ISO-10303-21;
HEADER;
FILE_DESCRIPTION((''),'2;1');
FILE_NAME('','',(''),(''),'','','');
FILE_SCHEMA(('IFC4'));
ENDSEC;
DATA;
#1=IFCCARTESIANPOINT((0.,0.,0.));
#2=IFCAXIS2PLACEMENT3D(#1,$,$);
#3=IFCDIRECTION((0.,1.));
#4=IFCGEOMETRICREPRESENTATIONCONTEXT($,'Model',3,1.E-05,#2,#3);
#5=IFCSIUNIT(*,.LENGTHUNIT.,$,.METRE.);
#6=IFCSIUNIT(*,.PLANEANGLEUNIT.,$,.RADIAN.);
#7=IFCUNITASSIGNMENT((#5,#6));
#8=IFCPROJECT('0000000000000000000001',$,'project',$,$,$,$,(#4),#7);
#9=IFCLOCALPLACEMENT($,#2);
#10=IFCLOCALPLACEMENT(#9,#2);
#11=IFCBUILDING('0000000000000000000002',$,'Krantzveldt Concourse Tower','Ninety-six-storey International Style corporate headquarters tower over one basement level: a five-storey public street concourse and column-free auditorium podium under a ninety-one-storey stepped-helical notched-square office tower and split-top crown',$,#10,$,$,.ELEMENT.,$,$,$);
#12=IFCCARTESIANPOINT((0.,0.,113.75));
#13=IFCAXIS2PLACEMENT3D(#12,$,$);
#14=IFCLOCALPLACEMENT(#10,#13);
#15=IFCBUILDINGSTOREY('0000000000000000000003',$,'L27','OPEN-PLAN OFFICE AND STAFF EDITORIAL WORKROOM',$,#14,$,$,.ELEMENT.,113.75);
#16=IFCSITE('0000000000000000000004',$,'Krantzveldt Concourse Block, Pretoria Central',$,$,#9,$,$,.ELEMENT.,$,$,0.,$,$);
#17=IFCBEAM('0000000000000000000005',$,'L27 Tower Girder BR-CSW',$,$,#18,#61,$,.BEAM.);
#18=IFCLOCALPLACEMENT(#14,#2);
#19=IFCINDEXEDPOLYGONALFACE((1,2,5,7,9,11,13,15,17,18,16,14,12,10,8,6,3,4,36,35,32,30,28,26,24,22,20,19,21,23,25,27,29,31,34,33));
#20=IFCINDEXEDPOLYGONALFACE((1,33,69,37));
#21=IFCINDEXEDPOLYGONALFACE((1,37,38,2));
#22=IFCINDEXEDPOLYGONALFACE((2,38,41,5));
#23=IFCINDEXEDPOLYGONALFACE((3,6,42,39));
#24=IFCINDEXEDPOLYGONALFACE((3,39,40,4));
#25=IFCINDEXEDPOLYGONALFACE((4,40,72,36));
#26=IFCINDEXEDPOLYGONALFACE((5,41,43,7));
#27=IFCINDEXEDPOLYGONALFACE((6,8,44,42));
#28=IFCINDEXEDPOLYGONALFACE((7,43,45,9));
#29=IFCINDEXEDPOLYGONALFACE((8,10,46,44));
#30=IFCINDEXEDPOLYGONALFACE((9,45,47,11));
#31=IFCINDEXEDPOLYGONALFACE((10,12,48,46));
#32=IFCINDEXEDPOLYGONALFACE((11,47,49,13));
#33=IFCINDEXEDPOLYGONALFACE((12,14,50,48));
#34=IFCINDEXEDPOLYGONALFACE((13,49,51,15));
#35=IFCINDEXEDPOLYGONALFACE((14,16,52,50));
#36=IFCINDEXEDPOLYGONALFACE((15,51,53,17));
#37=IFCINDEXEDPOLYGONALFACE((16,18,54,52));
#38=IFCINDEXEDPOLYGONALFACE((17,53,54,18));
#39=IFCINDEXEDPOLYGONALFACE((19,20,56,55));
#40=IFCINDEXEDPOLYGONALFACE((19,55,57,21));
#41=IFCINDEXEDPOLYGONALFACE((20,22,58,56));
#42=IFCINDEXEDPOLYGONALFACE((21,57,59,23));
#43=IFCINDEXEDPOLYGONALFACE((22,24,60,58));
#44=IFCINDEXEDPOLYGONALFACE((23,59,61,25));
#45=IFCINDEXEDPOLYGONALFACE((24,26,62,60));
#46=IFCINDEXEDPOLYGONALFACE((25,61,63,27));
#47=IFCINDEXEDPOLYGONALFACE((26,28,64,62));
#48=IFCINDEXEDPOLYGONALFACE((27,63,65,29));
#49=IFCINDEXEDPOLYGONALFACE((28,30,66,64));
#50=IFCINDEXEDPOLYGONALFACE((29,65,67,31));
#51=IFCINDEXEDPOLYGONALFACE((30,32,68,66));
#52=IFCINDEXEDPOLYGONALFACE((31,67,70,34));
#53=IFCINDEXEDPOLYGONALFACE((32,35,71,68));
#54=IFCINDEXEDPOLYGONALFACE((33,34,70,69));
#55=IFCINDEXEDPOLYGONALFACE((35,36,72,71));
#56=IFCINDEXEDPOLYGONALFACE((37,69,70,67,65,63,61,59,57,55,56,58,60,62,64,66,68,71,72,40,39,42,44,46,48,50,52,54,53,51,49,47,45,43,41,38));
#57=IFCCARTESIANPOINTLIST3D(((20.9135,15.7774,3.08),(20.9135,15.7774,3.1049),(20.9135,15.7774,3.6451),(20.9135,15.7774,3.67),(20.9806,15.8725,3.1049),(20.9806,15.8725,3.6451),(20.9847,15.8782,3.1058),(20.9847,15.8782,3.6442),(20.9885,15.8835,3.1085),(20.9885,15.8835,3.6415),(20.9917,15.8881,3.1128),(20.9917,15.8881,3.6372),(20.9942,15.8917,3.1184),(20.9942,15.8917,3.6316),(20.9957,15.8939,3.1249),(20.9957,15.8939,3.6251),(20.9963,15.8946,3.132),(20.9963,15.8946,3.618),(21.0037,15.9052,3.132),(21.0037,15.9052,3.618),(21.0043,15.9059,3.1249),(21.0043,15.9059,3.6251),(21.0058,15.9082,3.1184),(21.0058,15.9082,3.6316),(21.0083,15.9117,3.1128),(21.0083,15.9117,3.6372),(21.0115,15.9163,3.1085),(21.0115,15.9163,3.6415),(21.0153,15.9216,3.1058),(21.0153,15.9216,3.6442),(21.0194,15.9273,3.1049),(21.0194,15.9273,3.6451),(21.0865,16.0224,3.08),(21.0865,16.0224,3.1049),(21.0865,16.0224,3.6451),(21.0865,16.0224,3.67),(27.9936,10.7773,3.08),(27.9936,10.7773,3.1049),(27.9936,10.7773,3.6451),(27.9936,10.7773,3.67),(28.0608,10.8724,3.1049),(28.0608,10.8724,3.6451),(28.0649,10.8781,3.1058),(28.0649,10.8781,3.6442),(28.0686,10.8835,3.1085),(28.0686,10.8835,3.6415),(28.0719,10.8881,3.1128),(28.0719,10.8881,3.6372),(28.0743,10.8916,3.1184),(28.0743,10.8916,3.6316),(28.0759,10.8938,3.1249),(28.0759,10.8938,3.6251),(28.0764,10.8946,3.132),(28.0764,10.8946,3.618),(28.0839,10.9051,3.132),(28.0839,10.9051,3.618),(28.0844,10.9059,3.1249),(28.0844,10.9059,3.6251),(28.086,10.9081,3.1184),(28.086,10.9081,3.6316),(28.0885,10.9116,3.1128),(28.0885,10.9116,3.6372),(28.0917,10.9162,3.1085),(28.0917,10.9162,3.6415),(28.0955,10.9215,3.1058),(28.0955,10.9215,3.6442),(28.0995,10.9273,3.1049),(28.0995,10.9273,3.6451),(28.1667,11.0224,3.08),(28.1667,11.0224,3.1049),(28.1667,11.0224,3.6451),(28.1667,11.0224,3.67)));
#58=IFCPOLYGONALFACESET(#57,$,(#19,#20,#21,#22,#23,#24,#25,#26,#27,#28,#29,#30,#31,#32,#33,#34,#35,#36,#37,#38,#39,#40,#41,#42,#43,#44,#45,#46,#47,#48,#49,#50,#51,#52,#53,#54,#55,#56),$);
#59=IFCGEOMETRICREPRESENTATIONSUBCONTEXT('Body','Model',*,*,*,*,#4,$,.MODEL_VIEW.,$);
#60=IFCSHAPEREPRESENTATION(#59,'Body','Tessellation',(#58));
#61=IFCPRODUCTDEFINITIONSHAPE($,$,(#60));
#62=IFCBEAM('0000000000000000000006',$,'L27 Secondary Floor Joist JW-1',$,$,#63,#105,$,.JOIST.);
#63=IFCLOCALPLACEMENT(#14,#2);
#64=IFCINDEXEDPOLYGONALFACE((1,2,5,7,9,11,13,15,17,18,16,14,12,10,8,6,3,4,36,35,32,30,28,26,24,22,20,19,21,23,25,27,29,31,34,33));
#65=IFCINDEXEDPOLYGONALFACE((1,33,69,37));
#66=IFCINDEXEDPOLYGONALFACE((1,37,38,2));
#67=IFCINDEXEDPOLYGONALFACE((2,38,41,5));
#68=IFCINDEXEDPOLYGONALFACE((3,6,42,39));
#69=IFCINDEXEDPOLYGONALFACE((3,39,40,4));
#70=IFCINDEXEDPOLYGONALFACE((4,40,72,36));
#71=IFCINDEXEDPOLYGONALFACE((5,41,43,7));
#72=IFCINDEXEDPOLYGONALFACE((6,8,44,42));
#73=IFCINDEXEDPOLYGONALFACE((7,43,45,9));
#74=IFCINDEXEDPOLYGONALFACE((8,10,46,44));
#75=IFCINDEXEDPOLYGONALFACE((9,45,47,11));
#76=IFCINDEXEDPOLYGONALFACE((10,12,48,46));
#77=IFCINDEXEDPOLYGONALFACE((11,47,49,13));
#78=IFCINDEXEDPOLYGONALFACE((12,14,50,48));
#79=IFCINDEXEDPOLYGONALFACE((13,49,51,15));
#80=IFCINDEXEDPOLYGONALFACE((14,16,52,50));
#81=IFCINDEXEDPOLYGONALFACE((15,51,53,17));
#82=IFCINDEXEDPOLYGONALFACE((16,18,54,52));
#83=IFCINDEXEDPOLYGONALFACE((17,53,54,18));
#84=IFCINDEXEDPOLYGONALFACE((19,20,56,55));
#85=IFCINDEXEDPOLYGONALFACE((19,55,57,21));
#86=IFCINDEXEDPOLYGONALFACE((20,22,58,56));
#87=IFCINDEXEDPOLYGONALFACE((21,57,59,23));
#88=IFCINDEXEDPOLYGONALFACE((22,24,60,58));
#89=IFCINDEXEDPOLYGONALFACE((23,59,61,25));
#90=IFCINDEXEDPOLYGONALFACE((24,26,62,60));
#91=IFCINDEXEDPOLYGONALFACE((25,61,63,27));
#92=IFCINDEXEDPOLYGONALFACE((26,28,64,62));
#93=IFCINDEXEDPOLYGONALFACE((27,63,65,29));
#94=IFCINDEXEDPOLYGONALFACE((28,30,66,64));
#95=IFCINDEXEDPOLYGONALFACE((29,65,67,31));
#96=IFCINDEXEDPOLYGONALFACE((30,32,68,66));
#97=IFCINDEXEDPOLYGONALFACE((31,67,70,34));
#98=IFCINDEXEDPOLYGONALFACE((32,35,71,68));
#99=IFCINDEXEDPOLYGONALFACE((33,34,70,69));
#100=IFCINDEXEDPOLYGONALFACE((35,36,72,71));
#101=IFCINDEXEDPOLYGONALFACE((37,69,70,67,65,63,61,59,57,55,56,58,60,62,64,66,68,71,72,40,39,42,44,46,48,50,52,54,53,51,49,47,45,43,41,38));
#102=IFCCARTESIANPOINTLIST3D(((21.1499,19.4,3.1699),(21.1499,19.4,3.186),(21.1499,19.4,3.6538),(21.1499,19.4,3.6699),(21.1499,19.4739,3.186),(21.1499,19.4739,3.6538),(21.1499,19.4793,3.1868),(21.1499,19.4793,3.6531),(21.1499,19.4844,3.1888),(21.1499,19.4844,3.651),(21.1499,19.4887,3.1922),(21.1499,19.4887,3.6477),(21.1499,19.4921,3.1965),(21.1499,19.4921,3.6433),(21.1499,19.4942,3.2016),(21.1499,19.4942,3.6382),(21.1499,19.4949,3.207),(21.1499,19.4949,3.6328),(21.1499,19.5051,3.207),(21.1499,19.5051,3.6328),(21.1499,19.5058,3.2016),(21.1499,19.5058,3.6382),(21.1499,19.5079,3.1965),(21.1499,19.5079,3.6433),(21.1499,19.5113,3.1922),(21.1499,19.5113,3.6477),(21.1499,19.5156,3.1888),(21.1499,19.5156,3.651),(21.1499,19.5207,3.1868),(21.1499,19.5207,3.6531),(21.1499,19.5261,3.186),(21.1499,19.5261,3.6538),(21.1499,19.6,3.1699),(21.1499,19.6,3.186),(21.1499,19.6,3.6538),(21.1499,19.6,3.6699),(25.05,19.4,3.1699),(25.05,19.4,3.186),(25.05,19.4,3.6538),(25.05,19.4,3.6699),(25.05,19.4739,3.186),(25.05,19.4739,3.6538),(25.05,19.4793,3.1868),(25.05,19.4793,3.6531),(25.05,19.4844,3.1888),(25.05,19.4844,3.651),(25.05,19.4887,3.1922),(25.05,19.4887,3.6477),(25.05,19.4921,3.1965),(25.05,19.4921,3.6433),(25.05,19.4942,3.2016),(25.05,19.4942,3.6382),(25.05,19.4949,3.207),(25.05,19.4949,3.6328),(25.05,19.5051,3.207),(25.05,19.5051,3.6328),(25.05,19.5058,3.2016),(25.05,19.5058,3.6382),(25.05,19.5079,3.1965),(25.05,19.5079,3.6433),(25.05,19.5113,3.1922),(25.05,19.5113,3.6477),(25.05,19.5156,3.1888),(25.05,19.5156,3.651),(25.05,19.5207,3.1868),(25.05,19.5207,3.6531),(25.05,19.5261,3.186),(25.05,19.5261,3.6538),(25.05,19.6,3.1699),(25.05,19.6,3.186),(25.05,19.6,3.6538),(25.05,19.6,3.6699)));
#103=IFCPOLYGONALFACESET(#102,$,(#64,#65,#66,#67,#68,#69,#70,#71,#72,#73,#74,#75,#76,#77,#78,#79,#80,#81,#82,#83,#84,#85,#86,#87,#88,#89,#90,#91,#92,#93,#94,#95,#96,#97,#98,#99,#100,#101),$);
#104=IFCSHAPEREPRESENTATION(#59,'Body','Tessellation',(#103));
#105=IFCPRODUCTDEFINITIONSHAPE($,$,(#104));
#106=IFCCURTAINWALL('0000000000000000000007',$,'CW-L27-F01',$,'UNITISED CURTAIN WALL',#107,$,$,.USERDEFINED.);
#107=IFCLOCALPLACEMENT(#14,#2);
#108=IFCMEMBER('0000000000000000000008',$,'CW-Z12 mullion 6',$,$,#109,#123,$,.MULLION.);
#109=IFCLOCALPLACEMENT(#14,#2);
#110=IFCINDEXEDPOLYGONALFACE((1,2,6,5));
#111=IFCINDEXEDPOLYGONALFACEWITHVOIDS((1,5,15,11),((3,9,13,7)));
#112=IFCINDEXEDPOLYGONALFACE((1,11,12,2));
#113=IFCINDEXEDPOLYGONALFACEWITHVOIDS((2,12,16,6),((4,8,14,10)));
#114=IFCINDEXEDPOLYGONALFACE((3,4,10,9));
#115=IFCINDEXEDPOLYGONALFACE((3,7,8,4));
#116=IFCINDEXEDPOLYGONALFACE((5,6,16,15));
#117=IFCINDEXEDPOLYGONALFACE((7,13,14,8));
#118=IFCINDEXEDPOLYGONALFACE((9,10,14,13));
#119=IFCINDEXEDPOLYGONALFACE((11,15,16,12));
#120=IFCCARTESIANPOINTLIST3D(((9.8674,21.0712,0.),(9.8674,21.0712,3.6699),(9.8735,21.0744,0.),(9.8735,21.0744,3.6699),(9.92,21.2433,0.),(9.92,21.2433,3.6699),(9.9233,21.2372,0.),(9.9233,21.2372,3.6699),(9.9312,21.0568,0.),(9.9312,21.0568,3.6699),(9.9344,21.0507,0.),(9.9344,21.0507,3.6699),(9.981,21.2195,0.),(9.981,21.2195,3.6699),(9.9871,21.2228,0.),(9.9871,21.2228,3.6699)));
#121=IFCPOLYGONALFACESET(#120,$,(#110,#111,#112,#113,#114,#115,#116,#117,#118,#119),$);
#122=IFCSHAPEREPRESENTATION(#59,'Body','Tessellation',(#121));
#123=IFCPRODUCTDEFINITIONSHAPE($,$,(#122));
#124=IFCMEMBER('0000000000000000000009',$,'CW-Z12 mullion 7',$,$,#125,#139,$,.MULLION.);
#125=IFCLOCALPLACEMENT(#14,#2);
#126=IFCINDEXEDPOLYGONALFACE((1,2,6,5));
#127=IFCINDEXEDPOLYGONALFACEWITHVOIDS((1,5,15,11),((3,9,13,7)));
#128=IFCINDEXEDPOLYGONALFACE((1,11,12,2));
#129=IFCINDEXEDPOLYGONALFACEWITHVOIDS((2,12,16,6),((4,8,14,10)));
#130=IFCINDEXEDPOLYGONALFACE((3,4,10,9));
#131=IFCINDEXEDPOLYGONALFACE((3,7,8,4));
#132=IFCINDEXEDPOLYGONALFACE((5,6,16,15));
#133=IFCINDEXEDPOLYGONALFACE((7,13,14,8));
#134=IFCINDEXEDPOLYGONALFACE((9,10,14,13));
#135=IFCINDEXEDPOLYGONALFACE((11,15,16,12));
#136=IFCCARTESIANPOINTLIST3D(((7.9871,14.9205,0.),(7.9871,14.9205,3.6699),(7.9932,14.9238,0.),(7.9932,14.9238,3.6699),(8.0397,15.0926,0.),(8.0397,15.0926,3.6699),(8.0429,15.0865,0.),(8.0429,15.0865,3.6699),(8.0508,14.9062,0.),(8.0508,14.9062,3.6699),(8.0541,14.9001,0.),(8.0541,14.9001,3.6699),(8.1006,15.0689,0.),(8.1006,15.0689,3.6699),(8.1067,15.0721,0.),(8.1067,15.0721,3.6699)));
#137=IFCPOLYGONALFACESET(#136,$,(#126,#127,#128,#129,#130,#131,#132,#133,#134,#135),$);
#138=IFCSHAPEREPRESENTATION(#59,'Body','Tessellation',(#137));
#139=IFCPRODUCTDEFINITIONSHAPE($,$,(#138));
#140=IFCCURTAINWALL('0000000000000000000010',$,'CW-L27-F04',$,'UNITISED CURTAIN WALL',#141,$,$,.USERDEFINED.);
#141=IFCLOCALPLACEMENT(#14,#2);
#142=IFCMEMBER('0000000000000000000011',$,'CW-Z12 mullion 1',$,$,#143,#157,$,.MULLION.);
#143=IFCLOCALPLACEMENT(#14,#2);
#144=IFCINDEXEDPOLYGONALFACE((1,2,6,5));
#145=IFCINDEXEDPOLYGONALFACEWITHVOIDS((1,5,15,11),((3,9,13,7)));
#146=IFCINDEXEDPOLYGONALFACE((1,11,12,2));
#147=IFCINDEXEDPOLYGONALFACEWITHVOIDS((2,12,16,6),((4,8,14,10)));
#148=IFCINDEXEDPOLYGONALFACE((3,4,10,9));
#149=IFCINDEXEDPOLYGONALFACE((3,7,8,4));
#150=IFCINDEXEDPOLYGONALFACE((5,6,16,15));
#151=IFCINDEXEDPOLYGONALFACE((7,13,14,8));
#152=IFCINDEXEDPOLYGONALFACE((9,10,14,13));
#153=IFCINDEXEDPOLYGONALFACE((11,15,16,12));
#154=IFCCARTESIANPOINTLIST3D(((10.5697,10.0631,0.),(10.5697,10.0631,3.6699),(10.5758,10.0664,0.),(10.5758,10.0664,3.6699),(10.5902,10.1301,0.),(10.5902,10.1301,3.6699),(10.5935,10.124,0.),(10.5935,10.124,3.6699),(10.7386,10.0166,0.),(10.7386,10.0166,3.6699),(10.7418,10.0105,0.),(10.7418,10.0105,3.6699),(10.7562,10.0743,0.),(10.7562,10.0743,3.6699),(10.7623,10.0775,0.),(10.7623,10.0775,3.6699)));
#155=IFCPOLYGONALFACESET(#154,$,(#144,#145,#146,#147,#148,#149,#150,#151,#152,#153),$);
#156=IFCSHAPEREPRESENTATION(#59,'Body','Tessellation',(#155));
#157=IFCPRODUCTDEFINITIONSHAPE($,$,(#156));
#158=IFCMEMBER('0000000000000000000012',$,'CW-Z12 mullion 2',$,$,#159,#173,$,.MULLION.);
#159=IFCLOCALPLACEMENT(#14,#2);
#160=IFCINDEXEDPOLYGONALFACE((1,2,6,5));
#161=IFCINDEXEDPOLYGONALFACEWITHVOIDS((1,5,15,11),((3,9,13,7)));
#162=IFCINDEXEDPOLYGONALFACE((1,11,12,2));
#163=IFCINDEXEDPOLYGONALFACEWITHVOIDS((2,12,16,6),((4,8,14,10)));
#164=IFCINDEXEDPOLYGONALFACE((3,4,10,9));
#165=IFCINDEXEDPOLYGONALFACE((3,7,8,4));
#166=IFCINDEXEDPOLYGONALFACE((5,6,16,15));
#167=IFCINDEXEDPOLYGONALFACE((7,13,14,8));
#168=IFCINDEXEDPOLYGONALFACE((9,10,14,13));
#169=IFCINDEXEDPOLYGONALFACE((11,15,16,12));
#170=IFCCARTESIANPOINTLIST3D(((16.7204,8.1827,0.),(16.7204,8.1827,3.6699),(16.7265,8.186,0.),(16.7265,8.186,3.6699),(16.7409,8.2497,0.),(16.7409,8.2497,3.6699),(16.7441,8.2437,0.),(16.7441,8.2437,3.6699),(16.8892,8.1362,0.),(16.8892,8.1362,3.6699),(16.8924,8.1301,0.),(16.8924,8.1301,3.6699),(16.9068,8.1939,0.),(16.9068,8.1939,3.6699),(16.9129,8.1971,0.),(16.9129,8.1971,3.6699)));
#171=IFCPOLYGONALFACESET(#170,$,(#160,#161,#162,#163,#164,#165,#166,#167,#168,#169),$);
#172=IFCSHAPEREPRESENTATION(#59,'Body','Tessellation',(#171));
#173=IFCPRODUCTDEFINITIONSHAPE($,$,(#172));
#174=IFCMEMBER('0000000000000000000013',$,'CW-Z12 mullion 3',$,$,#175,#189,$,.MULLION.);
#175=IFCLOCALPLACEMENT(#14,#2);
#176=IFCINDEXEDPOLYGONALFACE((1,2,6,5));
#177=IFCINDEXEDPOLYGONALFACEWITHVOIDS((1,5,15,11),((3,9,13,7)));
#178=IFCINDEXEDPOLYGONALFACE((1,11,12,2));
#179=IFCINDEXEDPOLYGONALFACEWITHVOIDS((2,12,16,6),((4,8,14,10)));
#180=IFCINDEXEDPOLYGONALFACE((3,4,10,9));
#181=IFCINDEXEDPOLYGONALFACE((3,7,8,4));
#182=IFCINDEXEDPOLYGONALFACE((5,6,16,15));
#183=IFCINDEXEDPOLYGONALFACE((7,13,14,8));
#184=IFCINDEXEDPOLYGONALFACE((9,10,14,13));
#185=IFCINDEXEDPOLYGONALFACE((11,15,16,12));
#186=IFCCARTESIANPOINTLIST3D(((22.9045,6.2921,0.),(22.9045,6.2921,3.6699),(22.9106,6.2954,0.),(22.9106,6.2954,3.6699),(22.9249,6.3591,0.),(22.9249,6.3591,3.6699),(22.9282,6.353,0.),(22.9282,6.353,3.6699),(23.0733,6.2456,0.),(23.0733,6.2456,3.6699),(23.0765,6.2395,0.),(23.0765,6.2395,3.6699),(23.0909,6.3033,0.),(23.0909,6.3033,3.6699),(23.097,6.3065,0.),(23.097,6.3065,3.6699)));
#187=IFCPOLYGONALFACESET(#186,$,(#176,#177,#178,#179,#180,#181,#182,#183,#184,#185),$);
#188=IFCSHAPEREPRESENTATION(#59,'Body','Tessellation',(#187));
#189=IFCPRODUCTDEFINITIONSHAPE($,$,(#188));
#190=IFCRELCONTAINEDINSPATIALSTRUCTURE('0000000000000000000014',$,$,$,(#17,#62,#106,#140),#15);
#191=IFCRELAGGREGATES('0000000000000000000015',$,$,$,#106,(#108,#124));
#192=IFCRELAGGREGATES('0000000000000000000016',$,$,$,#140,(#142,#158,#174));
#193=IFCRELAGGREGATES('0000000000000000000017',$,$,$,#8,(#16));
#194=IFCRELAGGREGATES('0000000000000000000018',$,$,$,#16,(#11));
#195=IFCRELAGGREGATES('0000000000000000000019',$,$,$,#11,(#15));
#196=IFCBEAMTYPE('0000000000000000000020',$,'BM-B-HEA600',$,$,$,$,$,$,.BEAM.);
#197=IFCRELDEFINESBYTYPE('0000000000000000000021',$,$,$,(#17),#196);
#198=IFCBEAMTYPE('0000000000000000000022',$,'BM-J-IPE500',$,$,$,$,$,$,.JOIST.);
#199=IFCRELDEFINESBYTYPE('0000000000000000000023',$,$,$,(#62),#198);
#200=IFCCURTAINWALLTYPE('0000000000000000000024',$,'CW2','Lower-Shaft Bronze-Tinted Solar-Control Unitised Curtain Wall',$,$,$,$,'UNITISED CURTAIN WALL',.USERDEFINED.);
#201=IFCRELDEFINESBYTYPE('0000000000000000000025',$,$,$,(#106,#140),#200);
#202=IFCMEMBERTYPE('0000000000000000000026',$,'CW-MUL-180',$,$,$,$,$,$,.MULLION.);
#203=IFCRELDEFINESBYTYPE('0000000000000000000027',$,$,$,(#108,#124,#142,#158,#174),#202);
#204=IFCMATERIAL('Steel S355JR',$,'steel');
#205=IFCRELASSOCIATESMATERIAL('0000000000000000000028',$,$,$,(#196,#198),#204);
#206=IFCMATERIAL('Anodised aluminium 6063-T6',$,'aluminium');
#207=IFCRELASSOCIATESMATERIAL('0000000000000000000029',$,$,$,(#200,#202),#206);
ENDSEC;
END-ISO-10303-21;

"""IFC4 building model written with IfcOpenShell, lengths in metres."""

from ifc_helpers import new_model, si_unit, direction, frame, origin, origin_2d, place, context, subcontext, project, spatial, hollow_rectangle, i_section, extrude, source, transform, mapped, material, material_profile, profile_set, type_object, type_shapes, element, aggregate, save


model = new_model("IFC4")

# Units and contexts
model_context = context("Model", 3, precision=1e-05, world=origin(), true_north=direction((0.0, 1.0)))
body_context = subcontext(model_context, "Body", "Model", "MODEL_VIEW")
ifc_project = project(units=[si_unit("LENGTHUNIT", "METRE"), si_unit("PLANEANGLEUNIT", "RADIAN")], contexts=[model_context])

# Site, building, storey
site_placement = place(None, origin())
site = spatial("IfcSite", under=ifc_project, at=site_placement, Name="Krantzveldt Concourse Block, Pretoria Central", CompositionType="ELEMENT", RefElevation=0.0)
building_placement = place(site_placement, origin())
building = spatial("IfcBuilding", under=site, at=building_placement, Name="Krantzveldt Concourse Tower", Description="Ninety-six-storey International Style corporate headquarters tower over one basement level: a five-storey public street concourse and column-free auditorium podium under a ninety-one-storey stepped-helical notched-square office tower and split-top crown", CompositionType="ELEMENT")
storey_placement = place(building_placement, frame((0.0, 0.0, 113.75)))
storey = spatial("IfcBuildingStorey", under=building, at=storey_placement, Name="L27", Description="OPEN-PLAN OFFICE AND STAFF EDITORIAL WORKROOM", CompositionType="ELEMENT", Elevation=113.75)

# Beams
ifc_material_1 = material(Name="Steel S355JR", Category="steel")
ifc_material_profile_1 = material_profile(ifc_material_1, i_section(OverallWidth=0.3, OverallDepth=0.5901, WebThickness=0.0129, FlangeThickness=0.0249, FilletRadius=0.0271, at=origin_2d()), Name="Steel S355JR", Category="steel")
ifc_profile_set_1 = profile_set([ifc_material_profile_1], Name="Steel S355JR - HEA 600")
beam_type_1 = type_object("IfcBeamType", Name="BM-B-HEA600", PredefinedType="BEAM", material=ifc_profile_set_1)
shared_shape_1 = source(origin(), body_context, "Body", "SweptSolid", [
    extrude(i_section(OverallWidth=0.3, OverallDepth=0.5901, WebThickness=0.0129, FlangeThickness=0.0249, FilletRadius=0.0271, at=origin_2d()), origin(), (0.0, 0.0, 1.0), 8.6677),
])
beam_1_placement = place(storey_placement, frame((21.0, 15.8999, 3.375), z_axis=(0.816843, -0.57686, 0.0), x_axis=(0.57686, 0.816843, 0.0)))
element("IfcBeam", 1, at=beam_1_placement, inside=storey, type_object=beam_type_1, Name="L27 Tower Girder BR-CSW", PredefinedType="BEAM", context=body_context, shape_type="MappedRepresentation", body=[
    mapped(shared_shape_1, transform((0.0, 0.0, 0.0), x_axis=(1.0, 0.0, 0.0), y_axis=(0.0, 1.0, 0.0), z_axis=(0.0, 0.0, 1.0), scale=1.0)),
])
ifc_material_profile_2 = material_profile(ifc_material_1, i_section(OverallWidth=0.2, OverallDepth=0.5, WebThickness=0.0103, FlangeThickness=0.0161, FilletRadius=0.021, at=origin_2d()), Name="Steel S355JR", Category="steel")
ifc_profile_set_2 = profile_set([ifc_material_profile_2], Name="Steel S355JR - IPE 500")
beam_type_2 = type_object("IfcBeamType", Name="BM-J-IPE500", PredefinedType="JOIST", material=ifc_profile_set_2)
shared_shape_2 = source(origin(), body_context, "Body", "SweptSolid", [
    extrude(i_section(OverallWidth=0.2, OverallDepth=0.5, WebThickness=0.0103, FlangeThickness=0.0161, FilletRadius=0.021, at=origin_2d()), origin(), (0.0, 0.0, 1.0), 3.9001),
])
type_shapes(beam_type_2, [shared_shape_2])
beam_2_placement = place(storey_placement, frame((21.1499, 19.5, 3.4199), z_axis=(1.0, 0.0, 0.0), x_axis=(0.0, 1.0, 0.0)))
element("IfcBeam", 2, at=beam_2_placement, inside=storey, type_object=beam_type_2, Name="L27 Secondary Floor Joist JW-1", PredefinedType="JOIST", context=body_context, shape_type="MappedRepresentation", body=[
    mapped(shared_shape_2, transform((0.0, 0.0, 0.0), x_axis=(1.0, 0.0, 0.0), y_axis=(0.0, 1.0, 0.0), z_axis=(0.0, 0.0, 1.0), scale=1.0)),
])

# Curtain walls, members
ifc_material_2 = material(Name="Anodised aluminium 6063-T6", Category="aluminium")
curtain_wall_type = type_object("IfcCurtainWallType", Name="CW2", Description="Lower-Shaft Bronze-Tinted Solar-Control Unitised Curtain Wall", ElementType="UNITISED CURTAIN WALL", PredefinedType="USERDEFINED", material=ifc_material_2)
curtain_wall_1_placement = place(storey_placement, origin())
curtain_wall_1 = element("IfcCurtainWall", 3, at=curtain_wall_1_placement, inside=storey, type_object=curtain_wall_type, Name="CW-L27-F01", ObjectType="UNITISED CURTAIN WALL", PredefinedType="USERDEFINED")
ifc_material_profile_3 = material_profile(ifc_material_2, hollow_rectangle(XDim=0.0701, YDim=0.1799, WallThickness=0.0049, at=origin_2d()), Name="Anodised aluminium 6063-T6", Category="aluminium")
ifc_profile_set_3 = profile_set([ifc_material_profile_3], Name="Anodised aluminium 6063-T6 - ALU-MULL 180x70x5")
member_type_1 = type_object("IfcMemberType", Name="CW-MUL-180", PredefinedType="MULLION", material=ifc_profile_set_3)
shared_shape_3 = source(origin(), body_context, "Body", "SweptSolid", [
    extrude(hollow_rectangle(XDim=0.0701, YDim=0.1799, WallThickness=0.0049, at=origin_2d()), origin(), (0.0, 0.0, 1.0), 3.6699),
])
type_shapes(member_type_1, [shared_shape_3])
member_1_placement = place(storey_placement, frame((9.9272, 21.147, 0.0), z_axis=(0.0, 0.0, 1.0), x_axis=(0.956305, -0.292372, 0.0)))
member_1 = element("IfcMember", 4, at=member_1_placement, type_object=member_type_1, Name="CW-Z12 mullion 6", PredefinedType="MULLION", context=body_context, shape_type="MappedRepresentation", body=[
    mapped(shared_shape_3, transform((0.0, 0.0, 0.0), x_axis=(1.0, 0.0, 0.0), y_axis=(0.0, 1.0, 0.0), z_axis=(0.0, 0.0, 1.0), scale=1.0)),
])
member_2_placement = place(storey_placement, frame((8.0469, 14.9963, 0.0), z_axis=(0.0, 0.0, 1.0), x_axis=(0.956305, -0.292372, 0.0)))
member_2 = element("IfcMember", 5, at=member_2_placement, type_object=member_type_1, Name="CW-Z12 mullion 7", PredefinedType="MULLION", context=body_context, shape_type="MappedRepresentation", body=[
    mapped(shared_shape_3, transform((0.0, 0.0, 0.0), x_axis=(1.0, 0.0, 0.0), y_axis=(0.0, 1.0, 0.0), z_axis=(0.0, 0.0, 1.0), scale=1.0)),
])
curtain_wall_2_placement = place(storey_placement, origin())
curtain_wall_2 = element("IfcCurtainWall", 6, at=curtain_wall_2_placement, inside=storey, type_object=curtain_wall_type, Name="CW-L27-F04", ObjectType="UNITISED CURTAIN WALL", PredefinedType="USERDEFINED")
member_3_placement = place(storey_placement, frame((10.666, 10.0703, 0.0), z_axis=(0.0, 0.0, 1.0), x_axis=(0.292372, 0.956305, 0.0)))
member_3 = element("IfcMember", 7, at=member_3_placement, type_object=member_type_1, Name="CW-Z12 mullion 1", PredefinedType="MULLION", context=body_context, shape_type="MappedRepresentation", body=[
    mapped(shared_shape_3, transform((0.0, 0.0, 0.0), x_axis=(1.0, 0.0, 0.0), y_axis=(0.0, 1.0, 0.0), z_axis=(0.0, 0.0, 1.0), scale=1.0)),
])
member_4_placement = place(storey_placement, frame((16.8167, 8.1899, 0.0), z_axis=(0.0, 0.0, 1.0), x_axis=(0.292372, 0.956305, 0.0)))
member_4 = element("IfcMember", 8, at=member_4_placement, type_object=member_type_1, Name="CW-Z12 mullion 2", PredefinedType="MULLION", context=body_context, shape_type="MappedRepresentation", body=[
    mapped(shared_shape_3, transform((0.0, 0.0, 0.0), x_axis=(1.0, 0.0, 0.0), y_axis=(0.0, 1.0, 0.0), z_axis=(0.0, 0.0, 1.0), scale=1.0)),
])
member_5_placement = place(storey_placement, frame((23.0007, 6.2993, 0.0), z_axis=(0.0, 0.0, 1.0), x_axis=(0.292372, 0.956305, 0.0)))
member_5 = element("IfcMember", 9, at=member_5_placement, type_object=member_type_1, Name="CW-Z12 mullion 3", PredefinedType="MULLION", context=body_context, shape_type="MappedRepresentation", body=[
    mapped(shared_shape_3, transform((0.0, 0.0, 0.0), x_axis=(1.0, 0.0, 0.0), y_axis=(0.0, 1.0, 0.0), z_axis=(0.0, 0.0, 1.0), scale=1.0)),
])

aggregate(curtain_wall_1, [member_1, member_2])
aggregate(curtain_wall_2, [member_3, member_4, member_5])

save(model, "model.ifc")
